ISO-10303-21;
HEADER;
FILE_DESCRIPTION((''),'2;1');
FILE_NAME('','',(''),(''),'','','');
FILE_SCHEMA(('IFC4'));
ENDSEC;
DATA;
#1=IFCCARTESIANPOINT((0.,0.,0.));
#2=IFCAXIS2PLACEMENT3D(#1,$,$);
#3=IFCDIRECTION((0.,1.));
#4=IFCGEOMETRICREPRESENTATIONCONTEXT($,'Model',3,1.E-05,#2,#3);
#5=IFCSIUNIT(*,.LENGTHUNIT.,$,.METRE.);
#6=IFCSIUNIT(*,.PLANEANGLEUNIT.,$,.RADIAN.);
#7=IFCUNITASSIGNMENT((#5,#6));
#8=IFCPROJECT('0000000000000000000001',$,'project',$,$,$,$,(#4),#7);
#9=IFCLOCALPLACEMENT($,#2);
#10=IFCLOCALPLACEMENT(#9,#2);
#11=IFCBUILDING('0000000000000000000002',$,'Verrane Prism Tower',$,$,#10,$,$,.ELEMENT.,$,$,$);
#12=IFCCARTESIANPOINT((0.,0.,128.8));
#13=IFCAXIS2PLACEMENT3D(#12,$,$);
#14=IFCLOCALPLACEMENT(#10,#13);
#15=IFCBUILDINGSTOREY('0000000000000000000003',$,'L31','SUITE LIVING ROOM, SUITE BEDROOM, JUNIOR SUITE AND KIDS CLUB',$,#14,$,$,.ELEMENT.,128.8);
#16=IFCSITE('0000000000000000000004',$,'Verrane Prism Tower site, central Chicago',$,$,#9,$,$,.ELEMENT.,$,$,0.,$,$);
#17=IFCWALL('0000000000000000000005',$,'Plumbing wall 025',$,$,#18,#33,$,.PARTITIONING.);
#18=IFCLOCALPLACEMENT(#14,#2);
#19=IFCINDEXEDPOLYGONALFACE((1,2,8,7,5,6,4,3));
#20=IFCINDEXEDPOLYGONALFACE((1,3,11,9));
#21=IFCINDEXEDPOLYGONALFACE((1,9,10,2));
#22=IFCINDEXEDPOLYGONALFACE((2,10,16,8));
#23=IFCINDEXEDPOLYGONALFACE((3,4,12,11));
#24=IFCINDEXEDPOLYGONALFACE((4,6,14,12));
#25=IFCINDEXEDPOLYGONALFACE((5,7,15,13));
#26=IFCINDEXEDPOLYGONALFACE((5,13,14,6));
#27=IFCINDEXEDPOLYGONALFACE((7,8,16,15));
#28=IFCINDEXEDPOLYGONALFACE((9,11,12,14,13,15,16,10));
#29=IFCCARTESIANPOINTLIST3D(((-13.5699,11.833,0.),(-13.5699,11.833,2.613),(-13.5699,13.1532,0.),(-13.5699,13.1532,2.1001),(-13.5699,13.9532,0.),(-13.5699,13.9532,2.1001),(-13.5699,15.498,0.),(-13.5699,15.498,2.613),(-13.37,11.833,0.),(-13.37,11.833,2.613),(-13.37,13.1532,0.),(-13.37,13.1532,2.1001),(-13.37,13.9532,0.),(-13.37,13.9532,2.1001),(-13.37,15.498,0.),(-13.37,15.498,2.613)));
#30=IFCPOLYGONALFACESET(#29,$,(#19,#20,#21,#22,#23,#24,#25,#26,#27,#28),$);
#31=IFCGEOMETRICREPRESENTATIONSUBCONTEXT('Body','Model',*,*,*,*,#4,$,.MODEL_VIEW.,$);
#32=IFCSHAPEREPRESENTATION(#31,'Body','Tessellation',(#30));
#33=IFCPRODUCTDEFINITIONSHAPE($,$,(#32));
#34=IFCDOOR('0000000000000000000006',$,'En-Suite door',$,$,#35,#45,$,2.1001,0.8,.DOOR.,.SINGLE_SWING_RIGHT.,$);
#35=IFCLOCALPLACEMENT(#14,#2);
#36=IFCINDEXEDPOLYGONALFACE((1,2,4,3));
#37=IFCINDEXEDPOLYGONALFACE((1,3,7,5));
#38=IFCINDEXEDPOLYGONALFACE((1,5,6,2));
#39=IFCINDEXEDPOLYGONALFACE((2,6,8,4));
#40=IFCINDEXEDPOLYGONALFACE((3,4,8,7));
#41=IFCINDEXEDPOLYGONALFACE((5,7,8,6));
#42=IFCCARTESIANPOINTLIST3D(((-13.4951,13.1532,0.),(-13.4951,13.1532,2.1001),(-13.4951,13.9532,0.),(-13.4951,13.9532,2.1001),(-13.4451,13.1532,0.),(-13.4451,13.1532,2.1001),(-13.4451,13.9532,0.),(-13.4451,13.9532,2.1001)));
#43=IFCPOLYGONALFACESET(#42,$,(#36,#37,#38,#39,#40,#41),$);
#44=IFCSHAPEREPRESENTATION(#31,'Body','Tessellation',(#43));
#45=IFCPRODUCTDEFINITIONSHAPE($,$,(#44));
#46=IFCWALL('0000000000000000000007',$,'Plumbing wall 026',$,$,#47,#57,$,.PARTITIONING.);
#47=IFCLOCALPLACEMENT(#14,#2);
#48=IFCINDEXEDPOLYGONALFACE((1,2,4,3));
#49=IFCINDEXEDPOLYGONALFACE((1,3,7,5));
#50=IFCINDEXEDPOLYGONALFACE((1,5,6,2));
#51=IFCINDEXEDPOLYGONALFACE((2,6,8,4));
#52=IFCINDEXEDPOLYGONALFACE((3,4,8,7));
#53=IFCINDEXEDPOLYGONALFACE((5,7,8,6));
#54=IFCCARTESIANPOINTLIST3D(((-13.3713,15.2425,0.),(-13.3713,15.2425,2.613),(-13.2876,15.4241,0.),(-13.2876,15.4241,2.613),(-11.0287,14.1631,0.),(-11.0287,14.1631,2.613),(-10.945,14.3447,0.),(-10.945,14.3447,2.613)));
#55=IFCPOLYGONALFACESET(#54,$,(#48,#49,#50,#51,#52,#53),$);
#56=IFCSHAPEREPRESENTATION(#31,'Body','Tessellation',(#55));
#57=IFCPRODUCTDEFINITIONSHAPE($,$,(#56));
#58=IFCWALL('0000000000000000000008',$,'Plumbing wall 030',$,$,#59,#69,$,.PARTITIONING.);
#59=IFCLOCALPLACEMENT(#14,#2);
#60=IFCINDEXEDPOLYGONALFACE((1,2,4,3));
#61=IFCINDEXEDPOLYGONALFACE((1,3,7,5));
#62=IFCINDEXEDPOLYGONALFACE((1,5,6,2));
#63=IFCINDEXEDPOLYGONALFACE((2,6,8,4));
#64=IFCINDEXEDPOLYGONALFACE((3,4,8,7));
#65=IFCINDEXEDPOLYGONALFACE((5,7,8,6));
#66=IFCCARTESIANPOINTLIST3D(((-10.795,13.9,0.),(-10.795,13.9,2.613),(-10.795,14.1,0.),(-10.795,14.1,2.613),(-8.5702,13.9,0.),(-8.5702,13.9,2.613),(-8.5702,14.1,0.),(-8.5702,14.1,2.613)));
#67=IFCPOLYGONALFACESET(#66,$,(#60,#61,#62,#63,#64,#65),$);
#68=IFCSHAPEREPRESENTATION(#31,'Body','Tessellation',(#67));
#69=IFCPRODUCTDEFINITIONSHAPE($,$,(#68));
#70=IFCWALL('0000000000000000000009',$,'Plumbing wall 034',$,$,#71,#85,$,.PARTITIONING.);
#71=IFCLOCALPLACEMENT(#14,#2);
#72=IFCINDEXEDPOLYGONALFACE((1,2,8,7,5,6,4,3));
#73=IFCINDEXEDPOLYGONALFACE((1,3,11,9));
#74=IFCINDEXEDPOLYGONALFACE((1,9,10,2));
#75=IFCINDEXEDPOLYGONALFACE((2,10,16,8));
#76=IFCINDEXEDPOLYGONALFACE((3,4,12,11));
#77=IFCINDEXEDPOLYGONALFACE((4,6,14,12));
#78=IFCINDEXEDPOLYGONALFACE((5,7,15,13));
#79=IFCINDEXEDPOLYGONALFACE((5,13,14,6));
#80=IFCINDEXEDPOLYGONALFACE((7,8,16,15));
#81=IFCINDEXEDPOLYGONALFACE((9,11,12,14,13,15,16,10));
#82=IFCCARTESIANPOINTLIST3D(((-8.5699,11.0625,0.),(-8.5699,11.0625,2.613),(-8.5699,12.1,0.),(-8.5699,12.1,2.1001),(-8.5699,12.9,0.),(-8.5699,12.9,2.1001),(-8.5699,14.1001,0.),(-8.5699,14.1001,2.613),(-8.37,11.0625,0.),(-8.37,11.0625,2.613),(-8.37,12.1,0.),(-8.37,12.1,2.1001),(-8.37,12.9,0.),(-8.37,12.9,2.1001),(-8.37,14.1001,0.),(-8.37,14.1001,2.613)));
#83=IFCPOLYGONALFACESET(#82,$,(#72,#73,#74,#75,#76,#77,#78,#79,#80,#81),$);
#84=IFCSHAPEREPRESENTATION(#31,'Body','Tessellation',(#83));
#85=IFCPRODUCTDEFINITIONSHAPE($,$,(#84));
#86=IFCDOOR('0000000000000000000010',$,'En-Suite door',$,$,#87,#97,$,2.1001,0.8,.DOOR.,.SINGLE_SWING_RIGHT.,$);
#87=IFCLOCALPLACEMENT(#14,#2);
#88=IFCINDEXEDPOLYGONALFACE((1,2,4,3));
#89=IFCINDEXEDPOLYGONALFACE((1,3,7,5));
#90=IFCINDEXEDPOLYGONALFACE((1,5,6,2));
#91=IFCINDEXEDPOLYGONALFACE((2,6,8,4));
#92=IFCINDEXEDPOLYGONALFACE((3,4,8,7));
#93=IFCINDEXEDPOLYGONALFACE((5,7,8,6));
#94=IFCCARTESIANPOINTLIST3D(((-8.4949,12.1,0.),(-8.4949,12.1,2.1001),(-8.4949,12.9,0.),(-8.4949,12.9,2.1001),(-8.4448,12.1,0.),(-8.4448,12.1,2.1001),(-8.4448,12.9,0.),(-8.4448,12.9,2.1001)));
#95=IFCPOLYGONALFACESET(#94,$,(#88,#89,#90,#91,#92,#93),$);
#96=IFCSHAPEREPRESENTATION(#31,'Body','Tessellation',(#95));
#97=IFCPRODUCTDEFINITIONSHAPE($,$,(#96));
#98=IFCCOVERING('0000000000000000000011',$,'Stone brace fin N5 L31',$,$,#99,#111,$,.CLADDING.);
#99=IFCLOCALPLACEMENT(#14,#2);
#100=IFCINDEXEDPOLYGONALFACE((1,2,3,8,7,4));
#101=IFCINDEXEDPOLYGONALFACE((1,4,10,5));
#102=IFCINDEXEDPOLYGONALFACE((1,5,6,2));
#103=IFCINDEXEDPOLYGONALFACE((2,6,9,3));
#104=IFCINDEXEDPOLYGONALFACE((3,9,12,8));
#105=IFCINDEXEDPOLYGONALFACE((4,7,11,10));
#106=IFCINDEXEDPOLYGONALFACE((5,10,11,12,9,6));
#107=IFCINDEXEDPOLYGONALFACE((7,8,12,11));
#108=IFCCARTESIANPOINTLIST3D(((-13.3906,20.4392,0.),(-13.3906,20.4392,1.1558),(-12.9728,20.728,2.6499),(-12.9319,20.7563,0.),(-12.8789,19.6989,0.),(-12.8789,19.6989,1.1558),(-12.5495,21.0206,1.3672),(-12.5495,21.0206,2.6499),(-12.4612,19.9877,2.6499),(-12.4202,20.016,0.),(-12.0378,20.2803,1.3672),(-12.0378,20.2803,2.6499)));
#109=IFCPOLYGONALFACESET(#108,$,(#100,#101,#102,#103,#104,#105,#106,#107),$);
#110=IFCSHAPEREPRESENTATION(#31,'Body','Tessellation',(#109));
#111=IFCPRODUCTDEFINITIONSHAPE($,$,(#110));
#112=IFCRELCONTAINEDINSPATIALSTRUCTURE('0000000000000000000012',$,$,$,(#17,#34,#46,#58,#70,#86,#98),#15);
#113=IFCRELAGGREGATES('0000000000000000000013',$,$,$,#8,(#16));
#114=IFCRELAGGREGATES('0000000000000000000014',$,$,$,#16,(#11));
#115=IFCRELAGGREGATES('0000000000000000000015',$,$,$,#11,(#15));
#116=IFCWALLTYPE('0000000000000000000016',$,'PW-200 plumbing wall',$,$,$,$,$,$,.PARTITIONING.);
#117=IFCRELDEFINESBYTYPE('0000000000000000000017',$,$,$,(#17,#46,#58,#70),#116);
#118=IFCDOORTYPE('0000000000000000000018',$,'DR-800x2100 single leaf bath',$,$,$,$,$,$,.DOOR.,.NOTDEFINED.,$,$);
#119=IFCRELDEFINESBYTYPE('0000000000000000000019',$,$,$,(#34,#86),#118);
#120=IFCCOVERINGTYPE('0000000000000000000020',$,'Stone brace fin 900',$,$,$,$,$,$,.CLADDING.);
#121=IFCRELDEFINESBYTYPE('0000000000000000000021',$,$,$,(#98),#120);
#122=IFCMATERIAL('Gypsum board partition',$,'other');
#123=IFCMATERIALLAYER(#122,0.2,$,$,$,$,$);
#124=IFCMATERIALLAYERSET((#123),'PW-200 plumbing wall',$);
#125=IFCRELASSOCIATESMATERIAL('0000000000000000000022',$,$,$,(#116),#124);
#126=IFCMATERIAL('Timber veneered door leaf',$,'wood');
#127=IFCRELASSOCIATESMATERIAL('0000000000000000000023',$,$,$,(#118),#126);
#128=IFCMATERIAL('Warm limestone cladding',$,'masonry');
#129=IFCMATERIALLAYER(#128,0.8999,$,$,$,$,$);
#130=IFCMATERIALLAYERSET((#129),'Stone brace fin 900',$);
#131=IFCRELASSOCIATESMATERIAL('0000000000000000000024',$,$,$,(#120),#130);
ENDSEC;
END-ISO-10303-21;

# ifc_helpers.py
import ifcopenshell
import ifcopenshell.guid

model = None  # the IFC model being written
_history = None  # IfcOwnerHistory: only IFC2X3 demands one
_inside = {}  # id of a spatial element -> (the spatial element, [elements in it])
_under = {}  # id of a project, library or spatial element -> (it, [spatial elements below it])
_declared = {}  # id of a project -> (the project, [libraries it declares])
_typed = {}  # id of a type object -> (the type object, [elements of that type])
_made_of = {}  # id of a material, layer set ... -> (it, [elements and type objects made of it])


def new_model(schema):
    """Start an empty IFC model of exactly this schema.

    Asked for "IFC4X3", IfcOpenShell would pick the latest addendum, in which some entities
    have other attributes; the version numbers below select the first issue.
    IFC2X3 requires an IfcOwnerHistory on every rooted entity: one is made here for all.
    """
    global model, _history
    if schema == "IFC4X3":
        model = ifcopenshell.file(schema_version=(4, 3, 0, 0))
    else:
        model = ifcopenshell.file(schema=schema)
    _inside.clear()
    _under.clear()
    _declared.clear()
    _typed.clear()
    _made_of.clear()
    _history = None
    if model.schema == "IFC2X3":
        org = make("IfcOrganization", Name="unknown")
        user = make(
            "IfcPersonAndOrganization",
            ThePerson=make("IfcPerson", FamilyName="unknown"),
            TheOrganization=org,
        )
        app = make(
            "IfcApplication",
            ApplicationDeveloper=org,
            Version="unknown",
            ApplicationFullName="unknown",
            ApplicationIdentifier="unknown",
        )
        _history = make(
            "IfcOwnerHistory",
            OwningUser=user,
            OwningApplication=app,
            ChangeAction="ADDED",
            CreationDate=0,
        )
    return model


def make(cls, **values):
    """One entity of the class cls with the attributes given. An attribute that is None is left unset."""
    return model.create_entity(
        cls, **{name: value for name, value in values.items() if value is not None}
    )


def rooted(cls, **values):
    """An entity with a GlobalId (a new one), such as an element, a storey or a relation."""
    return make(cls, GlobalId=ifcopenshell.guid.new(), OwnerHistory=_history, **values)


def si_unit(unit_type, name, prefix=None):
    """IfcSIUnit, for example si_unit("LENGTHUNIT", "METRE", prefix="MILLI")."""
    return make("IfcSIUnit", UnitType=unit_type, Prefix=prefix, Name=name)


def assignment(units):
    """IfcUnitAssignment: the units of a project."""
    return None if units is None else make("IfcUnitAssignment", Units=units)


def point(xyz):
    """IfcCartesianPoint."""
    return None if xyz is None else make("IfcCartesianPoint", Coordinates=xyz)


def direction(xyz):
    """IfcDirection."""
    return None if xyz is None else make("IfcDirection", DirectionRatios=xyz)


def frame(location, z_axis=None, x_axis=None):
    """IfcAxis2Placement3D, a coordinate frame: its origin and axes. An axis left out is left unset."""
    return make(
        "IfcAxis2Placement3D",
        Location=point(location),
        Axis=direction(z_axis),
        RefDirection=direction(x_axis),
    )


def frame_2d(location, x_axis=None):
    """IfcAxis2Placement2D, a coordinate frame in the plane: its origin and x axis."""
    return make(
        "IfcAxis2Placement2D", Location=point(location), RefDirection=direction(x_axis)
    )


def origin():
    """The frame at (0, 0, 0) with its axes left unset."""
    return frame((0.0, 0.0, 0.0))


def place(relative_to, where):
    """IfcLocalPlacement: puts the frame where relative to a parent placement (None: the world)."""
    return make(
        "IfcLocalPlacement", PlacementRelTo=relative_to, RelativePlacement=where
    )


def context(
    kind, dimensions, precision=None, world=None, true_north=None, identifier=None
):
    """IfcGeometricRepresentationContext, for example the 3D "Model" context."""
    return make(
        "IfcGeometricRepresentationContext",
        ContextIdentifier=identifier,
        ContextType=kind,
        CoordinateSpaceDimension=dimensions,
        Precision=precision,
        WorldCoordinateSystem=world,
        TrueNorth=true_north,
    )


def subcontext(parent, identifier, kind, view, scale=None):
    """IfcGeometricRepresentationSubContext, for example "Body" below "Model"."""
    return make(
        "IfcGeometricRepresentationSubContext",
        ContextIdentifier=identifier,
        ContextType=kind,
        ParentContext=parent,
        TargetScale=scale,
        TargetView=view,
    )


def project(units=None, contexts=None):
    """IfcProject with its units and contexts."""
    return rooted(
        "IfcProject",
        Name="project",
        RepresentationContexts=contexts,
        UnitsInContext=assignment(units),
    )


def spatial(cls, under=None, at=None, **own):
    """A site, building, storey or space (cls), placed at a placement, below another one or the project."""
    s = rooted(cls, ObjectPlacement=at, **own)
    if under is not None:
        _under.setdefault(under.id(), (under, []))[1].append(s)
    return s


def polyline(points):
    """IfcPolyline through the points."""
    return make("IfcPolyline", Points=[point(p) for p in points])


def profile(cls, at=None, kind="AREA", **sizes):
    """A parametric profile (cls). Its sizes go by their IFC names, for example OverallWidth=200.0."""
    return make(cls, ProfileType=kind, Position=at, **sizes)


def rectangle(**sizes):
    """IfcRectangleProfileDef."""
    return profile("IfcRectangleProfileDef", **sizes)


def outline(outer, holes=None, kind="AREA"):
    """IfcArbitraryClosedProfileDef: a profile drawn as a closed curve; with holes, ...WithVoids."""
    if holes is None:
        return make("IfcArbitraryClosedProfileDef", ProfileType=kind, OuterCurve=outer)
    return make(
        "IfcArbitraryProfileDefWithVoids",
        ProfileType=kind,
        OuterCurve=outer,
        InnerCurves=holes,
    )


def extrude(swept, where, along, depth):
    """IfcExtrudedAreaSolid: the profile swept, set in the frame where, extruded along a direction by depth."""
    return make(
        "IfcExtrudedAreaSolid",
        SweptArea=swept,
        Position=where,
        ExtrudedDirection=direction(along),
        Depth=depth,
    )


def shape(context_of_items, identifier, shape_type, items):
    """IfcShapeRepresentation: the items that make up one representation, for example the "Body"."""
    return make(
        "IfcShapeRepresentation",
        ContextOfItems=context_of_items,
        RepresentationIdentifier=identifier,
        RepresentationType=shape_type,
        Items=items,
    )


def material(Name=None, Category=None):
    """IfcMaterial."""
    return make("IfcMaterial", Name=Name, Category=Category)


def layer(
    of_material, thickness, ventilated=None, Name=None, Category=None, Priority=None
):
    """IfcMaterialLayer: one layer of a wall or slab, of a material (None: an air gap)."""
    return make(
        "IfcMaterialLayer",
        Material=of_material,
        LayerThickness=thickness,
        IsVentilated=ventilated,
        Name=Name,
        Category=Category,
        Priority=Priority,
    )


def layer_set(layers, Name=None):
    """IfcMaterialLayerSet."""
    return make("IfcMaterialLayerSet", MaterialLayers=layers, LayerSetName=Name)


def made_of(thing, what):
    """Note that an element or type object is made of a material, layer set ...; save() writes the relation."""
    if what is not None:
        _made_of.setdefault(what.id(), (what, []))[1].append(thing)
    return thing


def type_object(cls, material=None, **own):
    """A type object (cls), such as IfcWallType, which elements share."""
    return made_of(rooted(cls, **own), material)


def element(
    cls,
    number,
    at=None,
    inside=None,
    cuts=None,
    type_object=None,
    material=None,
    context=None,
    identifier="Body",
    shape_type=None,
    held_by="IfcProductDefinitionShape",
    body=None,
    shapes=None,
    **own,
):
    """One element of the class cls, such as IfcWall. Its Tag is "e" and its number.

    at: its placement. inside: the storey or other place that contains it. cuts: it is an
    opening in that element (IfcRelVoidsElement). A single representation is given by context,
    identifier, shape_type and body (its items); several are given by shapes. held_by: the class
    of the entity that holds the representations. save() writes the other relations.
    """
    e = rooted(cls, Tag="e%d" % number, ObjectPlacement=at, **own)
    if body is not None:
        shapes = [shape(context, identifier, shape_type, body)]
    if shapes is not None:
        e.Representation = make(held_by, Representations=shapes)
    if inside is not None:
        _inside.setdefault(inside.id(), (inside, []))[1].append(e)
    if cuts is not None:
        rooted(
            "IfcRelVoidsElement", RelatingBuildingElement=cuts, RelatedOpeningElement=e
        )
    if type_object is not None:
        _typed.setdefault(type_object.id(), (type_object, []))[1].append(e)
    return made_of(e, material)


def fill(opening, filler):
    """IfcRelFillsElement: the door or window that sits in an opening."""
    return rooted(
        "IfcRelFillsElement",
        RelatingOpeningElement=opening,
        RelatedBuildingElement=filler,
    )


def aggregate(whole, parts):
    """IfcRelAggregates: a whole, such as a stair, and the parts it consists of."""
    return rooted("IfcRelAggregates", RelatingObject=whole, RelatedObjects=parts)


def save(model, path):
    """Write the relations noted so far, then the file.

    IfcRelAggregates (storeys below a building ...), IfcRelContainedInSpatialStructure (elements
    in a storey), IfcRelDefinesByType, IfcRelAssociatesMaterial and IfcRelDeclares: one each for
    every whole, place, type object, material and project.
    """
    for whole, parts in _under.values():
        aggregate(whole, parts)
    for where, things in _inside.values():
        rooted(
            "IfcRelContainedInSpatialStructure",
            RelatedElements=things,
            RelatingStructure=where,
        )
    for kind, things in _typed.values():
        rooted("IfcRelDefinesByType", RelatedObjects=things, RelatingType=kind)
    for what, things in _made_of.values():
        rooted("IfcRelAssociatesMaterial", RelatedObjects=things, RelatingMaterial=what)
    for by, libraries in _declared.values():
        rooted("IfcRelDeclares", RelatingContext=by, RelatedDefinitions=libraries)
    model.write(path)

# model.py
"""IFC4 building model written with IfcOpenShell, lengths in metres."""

from ifc_helpers import new_model, si_unit, direction, frame, frame_2d, origin, place, context, subcontext, project, spatial, polyline, rectangle, outline, extrude, material, layer, layer_set, type_object, element, fill, save


model = new_model("IFC4")

# Units and contexts
model_context = context("Model", 3, precision=1e-05, world=origin(), true_north=direction((0.0, 1.0)))
body_context = subcontext(model_context, "Body", "Model", "MODEL_VIEW")
ifc_project = project(units=[si_unit("LENGTHUNIT", "METRE"), si_unit("PLANEANGLEUNIT", "RADIAN")], contexts=[model_context])

# Site, building, storey
site_placement = place(None, origin())
site = spatial("IfcSite", under=ifc_project, at=site_placement, Name="Verrane Prism Tower site, central Chicago", CompositionType="ELEMENT", RefElevation=0.0)
building_placement = place(site_placement, origin())
building = spatial("IfcBuilding", under=site, at=building_placement, Name="Verrane Prism Tower", CompositionType="ELEMENT")
storey_placement = place(building_placement, frame((0.0, 0.0, 128.8)))
storey = spatial("IfcBuildingStorey", under=building, at=storey_placement, Name="L31", Description="SUITE LIVING ROOM, SUITE BEDROOM, JUNIOR SUITE AND KIDS CLUB", CompositionType="ELEMENT", Elevation=128.8)

# Wall, opening, door
ifc_material_1 = material(Name="Gypsum board partition", Category="other")
ifc_layer_1 = layer(ifc_material_1, 0.2)
ifc_layer_set_1 = layer_set([ifc_layer_1], Name="PW-200 plumbing wall")
wall_type_1 = type_object("IfcWallType", Name="PW-200 plumbing wall", PredefinedType="PARTITIONING", material=ifc_layer_set_1)
wall_1_placement = place(storey_placement, frame((-13.47, 15.498, 0.0), z_axis=(0.0, 0.0, 1.0), x_axis=(0.0, -1.0, 0.0)))
wall_1 = element("IfcWall", 1, at=wall_1_placement, inside=storey, type_object=wall_type_1, Name="Plumbing wall 025", PredefinedType="PARTITIONING", context=body_context, shape_type="SweptSolid", body=[
    extrude(rectangle(XDim=3.665, YDim=0.2, at=frame_2d((1.8325, 0.0))), origin(), (0.0, 0.0, 1.0), 2.613),
])
opening_1_placement = place(wall_1_placement, frame((1.5449, 0.0, 0.0)))
opening_1 = element("IfcOpeningElement", 2, at=opening_1_placement, cuts=wall_1, PredefinedType="OPENING", context=body_context, shape_type="SweptSolid", body=[
    extrude(rectangle(XDim=0.8, YDim=2.1001, at=frame_2d((0.3999, 1.05))), frame((0.0, 0.1099, 0.0), z_axis=(0.0, -1.0, 0.0), x_axis=(1.0, 0.0, 0.0)), (0.0, 0.0, 1.0), 0.22),
])
ifc_material_2 = material(Name="Timber veneered door leaf", Category="wood")
door_type_1 = type_object("IfcDoorType", Name="DR-800x2100 single leaf bath", OperationType="NOTDEFINED", PredefinedType="DOOR", material=ifc_material_2)
door_1_placement = place(opening_1_placement, origin())
door_1 = element("IfcDoor", 3, at=door_1_placement, inside=storey, type_object=door_type_1, Name="En-Suite door", OperationType="SINGLE_SWING_RIGHT", OverallHeight=2.1001, OverallWidth=0.8, PredefinedType="DOOR", context=body_context, shape_type="SweptSolid", body=[
    extrude(rectangle(XDim=0.8, YDim=2.1001, at=frame_2d((0.3999, 1.05))), frame((0.0, 0.0249, 0.0), z_axis=(0.0, -1.0, 0.0), x_axis=(1.0, 0.0, 0.0)), (0.0, 0.0, 1.0), 0.05),
])
fill(opening_1, door_1)

# Walls
wall_2_placement = place(storey_placement, frame((-13.3293, 15.3333, 0.0), z_axis=(0.0, 0.0, 1.0), x_axis=(0.908228, -0.418476, 0.0)))
element("IfcWall", 4, at=wall_2_placement, inside=storey, type_object=wall_type_1, Name="Plumbing wall 026", PredefinedType="PARTITIONING", context=body_context, shape_type="SweptSolid", body=[
    extrude(rectangle(XDim=2.5793, YDim=0.2, at=frame_2d((1.2896, 0.0))), origin(), (0.0, 0.0, 1.0), 2.613),
])
wall_3_placement = place(storey_placement, frame((-10.7949, 14.0, 0.0), z_axis=(0.0, 0.0, 1.0), x_axis=(1.0, 0.0, 0.0)))
element("IfcWall", 5, at=wall_3_placement, inside=storey, type_object=wall_type_1, Name="Plumbing wall 030", PredefinedType="PARTITIONING", context=body_context, shape_type="SweptSolid", body=[
    extrude(rectangle(XDim=2.2249, YDim=0.2, at=frame_2d((1.1123, 0.0))), origin(), (0.0, 0.0, 1.0), 2.613),
])

# Wall, opening, door
wall_4_placement = place(storey_placement, frame((-8.47, 11.0625, 0.0), z_axis=(0.0, 0.0, 1.0), x_axis=(0.0, 1.0, 0.0)))
wall_4 = element("IfcWall", 6, at=wall_4_placement, inside=storey, type_object=wall_type_1, Name="Plumbing wall 034", PredefinedType="PARTITIONING", context=body_context, shape_type="SweptSolid", body=[
    extrude(rectangle(XDim=3.0376, YDim=0.2, at=frame_2d((1.5188, 0.0))), origin(), (0.0, 0.0, 1.0), 2.613),
])
opening_2_placement = place(wall_4_placement, frame((1.0376, 0.0, 0.0)))
opening_2 = element("IfcOpeningElement", 7, at=opening_2_placement, cuts=wall_4, PredefinedType="OPENING", context=body_context, shape_type="SweptSolid", body=[
    extrude(rectangle(XDim=0.8, YDim=2.1001, at=frame_2d((0.3999, 1.05))), frame((0.0, 0.1099, 0.0), z_axis=(0.0, -1.0, 0.0), x_axis=(1.0, 0.0, 0.0)), (0.0, 0.0, 1.0), 0.22),
])
door_2_placement = place(opening_2_placement, origin())
door_2 = element("IfcDoor", 8, at=door_2_placement, inside=storey, type_object=door_type_1, Name="En-Suite door", OperationType="SINGLE_SWING_RIGHT", OverallHeight=2.1001, OverallWidth=0.8, PredefinedType="DOOR", context=body_context, shape_type="SweptSolid", body=[
    extrude(rectangle(XDim=0.8, YDim=2.1001, at=frame_2d((0.3999, 1.05))), frame((0.0, 0.0249, 0.0), z_axis=(0.0, -1.0, 0.0), x_axis=(1.0, 0.0, 0.0)), (0.0, 0.0, 1.0), 0.05),
])
fill(opening_2, door_2)

# Covering
ifc_material_3 = material(Name="Warm limestone cladding", Category="masonry")
ifc_layer_2 = layer(ifc_material_3, 0.8999)
ifc_layer_set_2 = layer_set([ifc_layer_2], Name="Stone brace fin 900")
covering_type = type_object("IfcCoveringType", Name="Stone brace fin 900", PredefinedType="CLADDING", material=ifc_layer_set_2)
covering_placement = place(storey_placement, frame((-13.1348, 20.0691, 0.0), z_axis=(0.0, 0.0, 1.0), x_axis=(0.822639, 0.568564, 0.0)))
element("IfcCovering", 9, at=covering_placement, inside=storey, type_object=covering_type, Name="Stone brace fin N5 L31", PredefinedType="CLADDING", context=body_context, shape_type="SweptSolid", body=[
    extrude(outline(polyline([(1.0225, 2.6499), (0.5078, 2.6499), (0.0, 1.1558), (0.0, 0.0), (0.5576, 0.0), (1.0225, 1.3672), (1.0225, 2.6499)])), frame((0.0, 0.45, 0.0), z_axis=(0.0, -1.0, 0.0), x_axis=(1.0, 0.0, 0.0)), (0.0, 0.0, 1.0), 0.8999),
])

save(model, "model.ifc")
